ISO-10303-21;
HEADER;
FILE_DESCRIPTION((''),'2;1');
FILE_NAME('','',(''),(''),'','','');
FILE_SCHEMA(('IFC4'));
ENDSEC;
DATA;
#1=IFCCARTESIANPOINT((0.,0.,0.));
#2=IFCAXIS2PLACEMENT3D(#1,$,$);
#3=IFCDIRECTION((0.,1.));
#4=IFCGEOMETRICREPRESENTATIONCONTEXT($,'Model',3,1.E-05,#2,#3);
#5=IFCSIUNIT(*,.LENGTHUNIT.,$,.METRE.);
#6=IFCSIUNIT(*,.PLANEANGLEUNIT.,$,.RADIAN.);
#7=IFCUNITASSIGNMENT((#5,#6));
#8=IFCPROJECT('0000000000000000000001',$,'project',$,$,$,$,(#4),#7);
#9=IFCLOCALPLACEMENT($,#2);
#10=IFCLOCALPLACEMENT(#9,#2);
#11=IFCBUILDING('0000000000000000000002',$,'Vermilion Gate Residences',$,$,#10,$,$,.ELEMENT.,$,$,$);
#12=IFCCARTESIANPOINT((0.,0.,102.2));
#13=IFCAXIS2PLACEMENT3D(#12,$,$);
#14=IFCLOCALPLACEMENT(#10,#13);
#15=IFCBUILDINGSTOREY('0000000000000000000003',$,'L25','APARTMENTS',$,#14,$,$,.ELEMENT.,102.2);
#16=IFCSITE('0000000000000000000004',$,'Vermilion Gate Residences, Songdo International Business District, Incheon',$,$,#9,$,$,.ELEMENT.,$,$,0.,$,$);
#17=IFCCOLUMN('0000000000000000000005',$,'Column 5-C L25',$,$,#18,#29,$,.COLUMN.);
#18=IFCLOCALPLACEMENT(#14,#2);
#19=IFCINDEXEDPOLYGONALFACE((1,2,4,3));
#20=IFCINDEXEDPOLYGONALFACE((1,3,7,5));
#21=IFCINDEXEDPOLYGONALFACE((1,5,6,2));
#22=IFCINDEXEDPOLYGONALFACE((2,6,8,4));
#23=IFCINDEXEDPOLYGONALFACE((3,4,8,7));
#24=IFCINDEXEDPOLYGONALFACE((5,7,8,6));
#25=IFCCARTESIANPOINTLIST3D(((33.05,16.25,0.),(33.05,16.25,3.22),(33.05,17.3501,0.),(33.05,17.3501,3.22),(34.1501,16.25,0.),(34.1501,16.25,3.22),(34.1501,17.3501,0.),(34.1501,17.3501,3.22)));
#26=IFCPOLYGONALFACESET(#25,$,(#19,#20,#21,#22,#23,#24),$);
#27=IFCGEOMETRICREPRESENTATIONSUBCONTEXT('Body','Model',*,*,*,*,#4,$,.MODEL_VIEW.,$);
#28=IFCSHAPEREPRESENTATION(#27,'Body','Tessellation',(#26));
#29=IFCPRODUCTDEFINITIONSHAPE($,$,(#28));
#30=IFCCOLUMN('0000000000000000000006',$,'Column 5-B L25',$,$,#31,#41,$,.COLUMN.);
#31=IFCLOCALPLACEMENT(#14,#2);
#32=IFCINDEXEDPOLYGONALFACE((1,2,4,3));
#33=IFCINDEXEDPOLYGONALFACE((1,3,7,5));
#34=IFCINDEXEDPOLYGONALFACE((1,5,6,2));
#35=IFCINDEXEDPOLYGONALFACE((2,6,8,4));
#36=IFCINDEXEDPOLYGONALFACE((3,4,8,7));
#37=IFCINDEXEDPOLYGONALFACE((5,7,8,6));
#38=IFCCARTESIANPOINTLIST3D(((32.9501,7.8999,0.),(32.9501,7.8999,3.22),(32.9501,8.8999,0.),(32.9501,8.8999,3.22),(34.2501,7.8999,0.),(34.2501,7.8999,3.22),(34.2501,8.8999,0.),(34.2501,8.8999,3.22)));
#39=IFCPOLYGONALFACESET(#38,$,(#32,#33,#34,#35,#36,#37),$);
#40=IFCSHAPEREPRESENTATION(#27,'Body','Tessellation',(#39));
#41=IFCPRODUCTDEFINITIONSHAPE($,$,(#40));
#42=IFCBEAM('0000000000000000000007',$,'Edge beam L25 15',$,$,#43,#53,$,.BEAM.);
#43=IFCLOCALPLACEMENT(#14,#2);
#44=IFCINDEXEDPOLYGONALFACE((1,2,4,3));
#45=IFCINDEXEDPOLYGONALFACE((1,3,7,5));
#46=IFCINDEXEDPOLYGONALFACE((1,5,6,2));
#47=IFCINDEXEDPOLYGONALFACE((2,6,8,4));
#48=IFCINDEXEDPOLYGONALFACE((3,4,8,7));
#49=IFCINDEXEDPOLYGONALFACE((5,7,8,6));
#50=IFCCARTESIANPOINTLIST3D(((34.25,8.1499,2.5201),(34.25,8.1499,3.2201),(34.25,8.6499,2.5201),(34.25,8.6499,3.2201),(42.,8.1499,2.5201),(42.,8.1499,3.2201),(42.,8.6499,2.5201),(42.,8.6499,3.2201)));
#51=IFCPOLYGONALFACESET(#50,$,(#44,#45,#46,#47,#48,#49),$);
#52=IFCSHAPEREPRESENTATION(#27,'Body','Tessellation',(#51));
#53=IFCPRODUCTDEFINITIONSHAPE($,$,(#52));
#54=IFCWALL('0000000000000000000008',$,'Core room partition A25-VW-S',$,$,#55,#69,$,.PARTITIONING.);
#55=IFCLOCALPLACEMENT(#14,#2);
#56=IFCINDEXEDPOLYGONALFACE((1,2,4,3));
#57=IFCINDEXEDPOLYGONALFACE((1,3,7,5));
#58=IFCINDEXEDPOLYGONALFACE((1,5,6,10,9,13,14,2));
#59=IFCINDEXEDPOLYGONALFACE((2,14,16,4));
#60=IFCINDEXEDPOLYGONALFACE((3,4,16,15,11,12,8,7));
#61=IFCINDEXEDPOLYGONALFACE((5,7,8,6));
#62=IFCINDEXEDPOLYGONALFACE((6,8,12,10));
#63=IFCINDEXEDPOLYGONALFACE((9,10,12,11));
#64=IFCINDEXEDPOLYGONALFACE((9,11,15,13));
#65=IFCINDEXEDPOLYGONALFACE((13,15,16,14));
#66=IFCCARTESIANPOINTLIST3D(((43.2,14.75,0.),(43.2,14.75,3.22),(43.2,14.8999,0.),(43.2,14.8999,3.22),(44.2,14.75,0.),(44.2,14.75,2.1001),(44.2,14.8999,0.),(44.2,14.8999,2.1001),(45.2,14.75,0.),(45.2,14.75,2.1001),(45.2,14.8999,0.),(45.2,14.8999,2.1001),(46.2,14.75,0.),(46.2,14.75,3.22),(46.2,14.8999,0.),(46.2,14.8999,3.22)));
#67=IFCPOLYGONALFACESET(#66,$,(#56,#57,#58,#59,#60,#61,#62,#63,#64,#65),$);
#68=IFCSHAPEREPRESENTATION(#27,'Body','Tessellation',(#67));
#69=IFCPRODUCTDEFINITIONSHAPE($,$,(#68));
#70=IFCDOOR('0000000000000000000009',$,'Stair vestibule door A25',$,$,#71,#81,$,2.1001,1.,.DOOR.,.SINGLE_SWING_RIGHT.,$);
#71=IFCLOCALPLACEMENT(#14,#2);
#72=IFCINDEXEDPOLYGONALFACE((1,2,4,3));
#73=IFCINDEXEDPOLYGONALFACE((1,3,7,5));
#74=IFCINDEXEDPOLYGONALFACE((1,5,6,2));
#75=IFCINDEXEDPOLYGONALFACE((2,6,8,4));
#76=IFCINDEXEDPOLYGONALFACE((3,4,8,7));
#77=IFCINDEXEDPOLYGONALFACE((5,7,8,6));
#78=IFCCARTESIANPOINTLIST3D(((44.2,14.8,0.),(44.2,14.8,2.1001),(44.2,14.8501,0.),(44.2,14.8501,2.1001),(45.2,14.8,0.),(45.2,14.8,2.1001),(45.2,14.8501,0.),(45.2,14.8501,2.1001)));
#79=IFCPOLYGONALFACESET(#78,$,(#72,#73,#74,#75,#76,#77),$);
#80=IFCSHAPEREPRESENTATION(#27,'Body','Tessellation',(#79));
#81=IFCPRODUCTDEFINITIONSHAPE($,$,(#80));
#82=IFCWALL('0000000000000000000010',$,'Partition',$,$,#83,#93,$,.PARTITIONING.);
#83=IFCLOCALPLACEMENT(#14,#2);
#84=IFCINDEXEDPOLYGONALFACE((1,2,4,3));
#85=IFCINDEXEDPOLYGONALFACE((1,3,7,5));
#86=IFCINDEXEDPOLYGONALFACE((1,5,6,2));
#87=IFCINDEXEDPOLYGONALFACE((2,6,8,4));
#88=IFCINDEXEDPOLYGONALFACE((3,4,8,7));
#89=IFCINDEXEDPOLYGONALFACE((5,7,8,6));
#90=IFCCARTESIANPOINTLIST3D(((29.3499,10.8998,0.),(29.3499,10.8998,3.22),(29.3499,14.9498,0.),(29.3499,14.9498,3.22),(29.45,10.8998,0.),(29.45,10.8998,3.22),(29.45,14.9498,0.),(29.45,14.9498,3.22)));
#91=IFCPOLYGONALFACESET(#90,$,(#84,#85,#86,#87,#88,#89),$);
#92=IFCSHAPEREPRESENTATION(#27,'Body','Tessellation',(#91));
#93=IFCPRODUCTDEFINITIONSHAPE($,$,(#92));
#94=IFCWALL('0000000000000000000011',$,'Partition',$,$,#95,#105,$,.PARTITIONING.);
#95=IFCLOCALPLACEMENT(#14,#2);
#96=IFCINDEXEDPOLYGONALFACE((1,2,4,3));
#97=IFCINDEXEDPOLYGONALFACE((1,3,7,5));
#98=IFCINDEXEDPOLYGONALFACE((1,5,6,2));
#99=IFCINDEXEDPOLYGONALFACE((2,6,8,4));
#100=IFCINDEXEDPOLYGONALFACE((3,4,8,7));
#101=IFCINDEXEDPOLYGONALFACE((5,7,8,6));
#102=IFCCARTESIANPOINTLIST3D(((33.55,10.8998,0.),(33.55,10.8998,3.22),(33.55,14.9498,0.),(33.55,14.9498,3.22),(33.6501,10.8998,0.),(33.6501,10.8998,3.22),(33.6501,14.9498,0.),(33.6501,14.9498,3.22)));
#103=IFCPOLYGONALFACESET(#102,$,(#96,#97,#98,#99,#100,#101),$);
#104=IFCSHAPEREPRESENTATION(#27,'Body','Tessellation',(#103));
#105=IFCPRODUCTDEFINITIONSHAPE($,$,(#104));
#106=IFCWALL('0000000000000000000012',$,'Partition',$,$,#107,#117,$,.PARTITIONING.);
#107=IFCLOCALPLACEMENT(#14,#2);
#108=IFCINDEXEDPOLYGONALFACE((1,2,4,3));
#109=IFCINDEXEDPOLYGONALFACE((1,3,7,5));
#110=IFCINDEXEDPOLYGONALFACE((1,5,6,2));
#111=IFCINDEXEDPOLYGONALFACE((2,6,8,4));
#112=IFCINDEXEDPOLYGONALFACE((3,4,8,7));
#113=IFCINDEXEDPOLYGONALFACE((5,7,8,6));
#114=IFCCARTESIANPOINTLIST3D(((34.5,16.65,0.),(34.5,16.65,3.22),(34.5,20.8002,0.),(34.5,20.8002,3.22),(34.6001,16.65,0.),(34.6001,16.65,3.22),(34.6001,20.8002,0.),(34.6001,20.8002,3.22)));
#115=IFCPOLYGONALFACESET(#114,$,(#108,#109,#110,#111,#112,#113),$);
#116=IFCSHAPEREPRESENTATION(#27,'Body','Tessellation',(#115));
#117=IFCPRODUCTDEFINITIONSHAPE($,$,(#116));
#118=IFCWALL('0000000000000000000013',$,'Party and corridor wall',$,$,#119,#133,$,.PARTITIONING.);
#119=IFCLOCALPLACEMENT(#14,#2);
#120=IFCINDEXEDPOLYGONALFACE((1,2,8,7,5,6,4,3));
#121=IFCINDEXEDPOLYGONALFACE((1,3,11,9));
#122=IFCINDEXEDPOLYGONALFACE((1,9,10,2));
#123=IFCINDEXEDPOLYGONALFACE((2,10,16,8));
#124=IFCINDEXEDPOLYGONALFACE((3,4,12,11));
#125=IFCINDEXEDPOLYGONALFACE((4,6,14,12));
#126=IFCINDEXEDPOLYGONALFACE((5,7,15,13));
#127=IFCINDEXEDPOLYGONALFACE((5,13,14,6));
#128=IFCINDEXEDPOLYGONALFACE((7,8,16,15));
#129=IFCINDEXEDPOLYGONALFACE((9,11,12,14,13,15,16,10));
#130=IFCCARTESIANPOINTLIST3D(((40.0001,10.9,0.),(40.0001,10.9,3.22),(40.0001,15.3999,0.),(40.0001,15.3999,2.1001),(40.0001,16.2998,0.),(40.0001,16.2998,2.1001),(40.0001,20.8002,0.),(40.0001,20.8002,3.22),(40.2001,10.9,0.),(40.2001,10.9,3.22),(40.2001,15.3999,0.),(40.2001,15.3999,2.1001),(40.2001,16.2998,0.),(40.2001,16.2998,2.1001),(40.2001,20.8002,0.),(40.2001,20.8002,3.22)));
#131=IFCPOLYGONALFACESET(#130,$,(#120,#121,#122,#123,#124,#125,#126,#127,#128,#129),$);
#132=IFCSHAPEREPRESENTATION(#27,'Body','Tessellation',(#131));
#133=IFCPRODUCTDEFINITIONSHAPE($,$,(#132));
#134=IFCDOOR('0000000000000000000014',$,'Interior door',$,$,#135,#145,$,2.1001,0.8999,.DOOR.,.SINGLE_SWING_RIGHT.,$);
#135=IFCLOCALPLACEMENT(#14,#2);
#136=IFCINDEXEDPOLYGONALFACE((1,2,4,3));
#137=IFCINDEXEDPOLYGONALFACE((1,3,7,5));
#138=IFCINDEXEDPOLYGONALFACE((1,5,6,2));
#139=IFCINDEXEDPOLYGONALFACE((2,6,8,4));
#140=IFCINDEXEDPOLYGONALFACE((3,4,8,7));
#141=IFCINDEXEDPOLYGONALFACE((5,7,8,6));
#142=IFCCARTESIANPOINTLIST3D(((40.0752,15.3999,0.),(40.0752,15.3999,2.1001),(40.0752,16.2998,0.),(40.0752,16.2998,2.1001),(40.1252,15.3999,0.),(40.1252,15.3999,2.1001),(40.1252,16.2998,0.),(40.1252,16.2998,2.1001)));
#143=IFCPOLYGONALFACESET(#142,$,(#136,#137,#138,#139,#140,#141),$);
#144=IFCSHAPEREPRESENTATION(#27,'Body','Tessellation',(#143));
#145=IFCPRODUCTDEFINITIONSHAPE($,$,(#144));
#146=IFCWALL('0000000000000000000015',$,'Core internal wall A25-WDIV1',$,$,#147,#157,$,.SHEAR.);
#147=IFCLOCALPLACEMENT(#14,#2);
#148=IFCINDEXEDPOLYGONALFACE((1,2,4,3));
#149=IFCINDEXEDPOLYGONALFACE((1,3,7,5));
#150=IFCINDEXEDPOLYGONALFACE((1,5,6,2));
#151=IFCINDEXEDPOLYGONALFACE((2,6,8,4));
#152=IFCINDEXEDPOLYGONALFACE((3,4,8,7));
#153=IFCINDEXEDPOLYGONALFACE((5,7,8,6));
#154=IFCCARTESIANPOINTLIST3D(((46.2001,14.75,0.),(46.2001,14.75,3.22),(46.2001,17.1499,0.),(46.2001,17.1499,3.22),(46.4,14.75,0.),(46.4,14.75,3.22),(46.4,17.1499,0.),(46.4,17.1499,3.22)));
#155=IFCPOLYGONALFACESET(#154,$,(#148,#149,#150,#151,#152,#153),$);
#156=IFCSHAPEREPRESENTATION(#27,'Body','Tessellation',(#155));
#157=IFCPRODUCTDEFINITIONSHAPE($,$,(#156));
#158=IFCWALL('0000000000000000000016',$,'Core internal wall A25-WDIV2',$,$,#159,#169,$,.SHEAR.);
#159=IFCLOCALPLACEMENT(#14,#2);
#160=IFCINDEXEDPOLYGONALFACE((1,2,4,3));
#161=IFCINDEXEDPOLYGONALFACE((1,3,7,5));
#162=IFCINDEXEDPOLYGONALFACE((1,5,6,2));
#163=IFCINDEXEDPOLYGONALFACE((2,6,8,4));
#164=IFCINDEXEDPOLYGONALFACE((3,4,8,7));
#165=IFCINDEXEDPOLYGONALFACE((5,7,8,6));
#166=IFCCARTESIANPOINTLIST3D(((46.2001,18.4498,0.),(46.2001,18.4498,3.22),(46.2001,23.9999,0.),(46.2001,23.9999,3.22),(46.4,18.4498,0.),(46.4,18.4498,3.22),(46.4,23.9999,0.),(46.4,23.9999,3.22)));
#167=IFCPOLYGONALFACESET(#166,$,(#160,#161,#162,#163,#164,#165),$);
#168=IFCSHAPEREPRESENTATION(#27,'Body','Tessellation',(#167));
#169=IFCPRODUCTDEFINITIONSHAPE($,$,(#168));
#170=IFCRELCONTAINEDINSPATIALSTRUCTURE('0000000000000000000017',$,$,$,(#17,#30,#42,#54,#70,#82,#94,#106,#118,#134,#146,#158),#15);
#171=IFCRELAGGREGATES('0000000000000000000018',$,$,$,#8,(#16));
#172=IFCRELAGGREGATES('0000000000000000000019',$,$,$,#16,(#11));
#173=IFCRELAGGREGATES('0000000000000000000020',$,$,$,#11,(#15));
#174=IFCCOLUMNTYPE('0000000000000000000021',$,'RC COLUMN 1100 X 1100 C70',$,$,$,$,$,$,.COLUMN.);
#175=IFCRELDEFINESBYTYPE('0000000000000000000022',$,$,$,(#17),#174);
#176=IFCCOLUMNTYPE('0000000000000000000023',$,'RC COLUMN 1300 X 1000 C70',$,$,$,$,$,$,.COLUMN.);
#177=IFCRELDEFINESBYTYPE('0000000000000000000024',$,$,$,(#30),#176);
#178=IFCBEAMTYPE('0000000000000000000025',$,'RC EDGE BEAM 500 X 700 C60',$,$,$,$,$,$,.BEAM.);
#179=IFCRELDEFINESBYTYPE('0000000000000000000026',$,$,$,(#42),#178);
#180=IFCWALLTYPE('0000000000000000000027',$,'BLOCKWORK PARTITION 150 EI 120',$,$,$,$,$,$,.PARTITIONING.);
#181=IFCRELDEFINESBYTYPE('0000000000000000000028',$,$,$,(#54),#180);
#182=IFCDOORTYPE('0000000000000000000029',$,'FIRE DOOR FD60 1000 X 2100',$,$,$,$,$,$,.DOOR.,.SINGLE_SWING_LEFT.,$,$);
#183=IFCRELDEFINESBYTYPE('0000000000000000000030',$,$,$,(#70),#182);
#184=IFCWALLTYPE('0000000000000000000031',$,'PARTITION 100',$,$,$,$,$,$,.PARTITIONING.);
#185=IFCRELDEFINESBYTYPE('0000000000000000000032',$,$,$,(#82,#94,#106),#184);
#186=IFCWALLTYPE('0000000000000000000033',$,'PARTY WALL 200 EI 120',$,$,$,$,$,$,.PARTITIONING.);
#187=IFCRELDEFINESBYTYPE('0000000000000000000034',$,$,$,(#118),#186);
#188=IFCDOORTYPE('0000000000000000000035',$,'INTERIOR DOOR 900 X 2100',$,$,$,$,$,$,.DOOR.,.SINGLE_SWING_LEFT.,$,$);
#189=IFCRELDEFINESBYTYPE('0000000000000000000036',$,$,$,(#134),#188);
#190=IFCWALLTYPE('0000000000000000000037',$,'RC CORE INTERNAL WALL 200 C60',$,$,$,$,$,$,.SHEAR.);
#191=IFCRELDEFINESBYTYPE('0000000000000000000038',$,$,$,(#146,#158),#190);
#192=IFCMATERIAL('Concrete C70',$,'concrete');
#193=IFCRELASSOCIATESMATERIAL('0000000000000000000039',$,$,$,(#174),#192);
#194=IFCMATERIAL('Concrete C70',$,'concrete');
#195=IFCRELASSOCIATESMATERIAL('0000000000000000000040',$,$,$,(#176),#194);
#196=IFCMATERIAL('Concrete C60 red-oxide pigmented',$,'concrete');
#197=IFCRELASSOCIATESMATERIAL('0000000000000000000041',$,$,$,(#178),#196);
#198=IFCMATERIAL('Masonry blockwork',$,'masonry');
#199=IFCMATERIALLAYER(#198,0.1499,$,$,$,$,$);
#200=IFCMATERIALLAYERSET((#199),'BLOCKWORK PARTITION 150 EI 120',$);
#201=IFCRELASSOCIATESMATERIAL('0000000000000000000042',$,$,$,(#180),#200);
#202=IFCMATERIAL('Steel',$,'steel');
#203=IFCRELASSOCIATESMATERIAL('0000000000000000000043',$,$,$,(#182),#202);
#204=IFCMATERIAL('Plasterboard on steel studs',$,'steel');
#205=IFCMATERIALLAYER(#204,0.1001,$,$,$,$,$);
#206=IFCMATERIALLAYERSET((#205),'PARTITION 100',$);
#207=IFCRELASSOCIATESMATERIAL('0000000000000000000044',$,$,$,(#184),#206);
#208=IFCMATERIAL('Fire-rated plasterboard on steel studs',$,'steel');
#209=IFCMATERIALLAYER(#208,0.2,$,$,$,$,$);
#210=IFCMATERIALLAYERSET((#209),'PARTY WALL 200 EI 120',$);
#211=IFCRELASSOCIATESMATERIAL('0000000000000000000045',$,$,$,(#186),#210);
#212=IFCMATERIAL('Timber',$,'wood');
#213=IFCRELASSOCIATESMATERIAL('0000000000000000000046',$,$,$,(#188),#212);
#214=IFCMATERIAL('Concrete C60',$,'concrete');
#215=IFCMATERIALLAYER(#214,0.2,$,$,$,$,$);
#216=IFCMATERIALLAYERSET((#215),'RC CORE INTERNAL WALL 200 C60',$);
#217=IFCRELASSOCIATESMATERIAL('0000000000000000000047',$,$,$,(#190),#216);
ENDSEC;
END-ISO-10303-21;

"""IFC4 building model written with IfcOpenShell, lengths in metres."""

from ifc_helpers import new_model, si_unit, direction, frame, frame_2d, origin, origin_2d, place, context, subcontext, project, spatial, rectangle, extrude, material, layer, layer_set, material_profile, profile_set, type_object, element, fill, save


model = new_model("IFC4")

# Units and contexts
model_context = context("Model", 3, precision=1e-05, world=origin(), true_north=direction((0.0, 1.0)))
body_context = subcontext(model_context, "Body", "Model", "MODEL_VIEW")
ifc_project = project(units=[si_unit("LENGTHUNIT", "METRE"), si_unit("PLANEANGLEUNIT", "RADIAN")], contexts=[model_context])

# Site, building, storey
site_placement = place(None, origin())
site = spatial("IfcSite", under=ifc_project, at=site_placement, Name="Vermilion Gate Residences, Songdo International Business District, Incheon", CompositionType="ELEMENT", RefElevation=0.0)
building_placement = place(site_placement, origin())
building = spatial("IfcBuilding", under=site, at=building_placement, Name="Vermilion Gate Residences", CompositionType="ELEMENT")
storey_placement = place(building_placement, frame((0.0, 0.0, 102.2)))
storey = spatial("IfcBuildingStorey", under=building, at=storey_placement, Name="L25", Description="APARTMENTS", CompositionType="ELEMENT", Elevation=102.2)

# Columns
ifc_material_1 = material(Name="Concrete C70", Category="concrete")
ifc_material_profile_1 = material_profile(ifc_material_1, rectangle(XDim=1.1001, YDim=1.1001, at=origin_2d()), Name="RC-1100x1100")
ifc_profile_set_1 = profile_set([ifc_material_profile_1], Name="Concrete C70")
column_type_1 = type_object("IfcColumnType", Name="RC COLUMN 1100 X 1100 C70", PredefinedType="COLUMN", material=ifc_profile_set_1)
column_1_placement = place(storey_placement, frame((33.6001, 16.8, 0.0), z_axis=(0.0, 0.0, 1.0), x_axis=(1.0, 0.0, 0.0)))
element("IfcColumn", 1, at=column_1_placement, inside=storey, type_object=column_type_1, Name="Column 5-C L25", PredefinedType="COLUMN", context=body_context, shape_type="SweptSolid", body=[
    extrude(rectangle(XDim=1.1001, YDim=1.1001, at=origin_2d()), origin(), (0.0, 0.0, 1.0), 3.22),
])
ifc_material_2 = material(Name="Concrete C70", Category="concrete")
ifc_material_profile_2 = material_profile(ifc_material_2, rectangle(XDim=1.3, YDim=1.0, at=origin_2d()), Name="RC-1300x1000")
ifc_profile_set_2 = profile_set([ifc_material_profile_2], Name="Concrete C70")
column_type_2 = type_object("IfcColumnType", Name="RC COLUMN 1300 X 1000 C70", PredefinedType="COLUMN", material=ifc_profile_set_2)
column_2_placement = place(storey_placement, frame((33.6001, 8.3999, 0.0), z_axis=(0.0, 0.0, 1.0), x_axis=(1.0, 0.0, 0.0)))
element("IfcColumn", 2, at=column_2_placement, inside=storey, type_object=column_type_2, Name="Column 5-B L25", PredefinedType="COLUMN", context=body_context, shape_type="SweptSolid", body=[
    extrude(rectangle(XDim=1.3, YDim=1.0, at=origin_2d()), origin(), (0.0, 0.0, 1.0), 3.22),
])

# Beam
ifc_material_3 = material(Name="Concrete C60 red-oxide pigmented", Category="concrete")
ifc_material_profile_3 = material_profile(ifc_material_3, rectangle(XDim=0.5, YDim=0.7, at=origin_2d()), Name="RC-500x700")
ifc_profile_set_3 = profile_set([ifc_material_profile_3], Name="Concrete C60 red-oxide pigmented")
beam_type = type_object("IfcBeamType", Name="RC EDGE BEAM 500 X 700 C60", PredefinedType="BEAM", material=ifc_profile_set_3)
beam_placement = place(storey_placement, frame((34.25, 8.3999, 2.8701), z_axis=(1.0, 0.0, 0.0), x_axis=(0.0, 1.0, 0.0)))
element("IfcBeam", 3, at=beam_placement, inside=storey, type_object=beam_type, Name="Edge beam L25 15", PredefinedType="BEAM", context=body_context, shape_type="SweptSolid", body=[
    extrude(rectangle(XDim=0.5, YDim=0.7, at=origin_2d()), origin(), (0.0, 0.0, 1.0), 7.75),
])

# Wall, opening, door
ifc_material_4 = material(Name="Masonry blockwork", Category="masonry")
ifc_layer_1 = layer(ifc_material_4, 0.1499)
ifc_layer_set_1 = layer_set([ifc_layer_1], Name="BLOCKWORK PARTITION 150 EI 120")
wall_type_1 = type_object("IfcWallType", Name="BLOCKWORK PARTITION 150 EI 120", PredefinedType="PARTITIONING", material=ifc_layer_set_1)
wall_1_placement = place(storey_placement, frame((43.2, 14.825, 0.0), z_axis=(0.0, 0.0, 1.0), x_axis=(1.0, 0.0, 0.0)))
wall_1 = element("IfcWall", 4, at=wall_1_placement, inside=storey, type_object=wall_type_1, Name="Core room partition A25-VW-S", PredefinedType="PARTITIONING", context=body_context, shape_type="SweptSolid", body=[
    extrude(rectangle(XDim=3.0, YDim=0.1499, at=frame_2d((1.5, 0.0))), origin(), (0.0, 0.0, 1.0), 3.22),
])
opening_1_placement = place(wall_1_placement, frame((1.0, 0.0, 0.0)))
opening_1 = element("IfcOpeningElement", 5, at=opening_1_placement, cuts=wall_1, PredefinedType="OPENING", context=body_context, shape_type="SweptSolid", body=[
    extrude(rectangle(XDim=1.0, YDim=2.1001, at=frame_2d((0.5, 1.05))), frame((0.0, 0.085, 0.0), z_axis=(0.0, -1.0, 0.0), x_axis=(1.0, 0.0, 0.0)), (0.0, 0.0, 1.0), 0.1699),
])
ifc_material_5 = material(Name="Steel", Category="steel")
door_type_1 = type_object("IfcDoorType", Name="FIRE DOOR FD60 1000 X 2100", OperationType="SINGLE_SWING_LEFT", PredefinedType="DOOR", material=ifc_material_5)
door_1_placement = place(opening_1_placement, frame((1.0, 0.0, 0.0), z_axis=(0.0, 0.0, 1.0), x_axis=(-1.0, 0.0, 0.0)))
door_1 = element("IfcDoor", 6, at=door_1_placement, inside=storey, type_object=door_type_1, Name="Stair vestibule door A25", OperationType="SINGLE_SWING_RIGHT", OverallHeight=2.1001, OverallWidth=1.0, PredefinedType="DOOR", context=body_context, shape_type="SweptSolid", body=[
    extrude(rectangle(XDim=1.0, YDim=2.1001, at=frame_2d((0.5, 1.05))), frame((0.0, 0.0249, 0.0), z_axis=(0.0, -1.0, 0.0), x_axis=(1.0, 0.0, 0.0)), (0.0, 0.0, 1.0), 0.05),
])
fill(opening_1, door_1)

# Walls
ifc_material_6 = material(Name="Plasterboard on steel studs", Category="steel")
ifc_layer_2 = layer(ifc_material_6, 0.1001)
ifc_layer_set_2 = layer_set([ifc_layer_2], Name="PARTITION 100")
wall_type_2 = type_object("IfcWallType", Name="PARTITION 100", PredefinedType="PARTITIONING", material=ifc_layer_set_2)
for number, where, z_axis, x_axis, name in (
    (7, (29.3999, 10.8999, 0.0), (0.0, 0.0, 1.0), (0.0, 1.0, 0.0), "Partition"),
    (8, (33.6001, 10.8999, 0.0), (0.0, 0.0, 1.0), (0.0, 1.0, 0.0), "Partition"),
):
    element("IfcWall", number, at=place(storey_placement, frame(where, z_axis=z_axis, x_axis=x_axis)), inside=storey, type_object=wall_type_2, Name=name, PredefinedType="PARTITIONING", context=body_context, shape_type="SweptSolid", body=[
        extrude(rectangle(XDim=4.05, YDim=0.1001, at=frame_2d((2.0249, 0.0))), origin(), (0.0, 0.0, 1.0), 3.22),
    ])
wall_2_placement = place(storey_placement, frame((34.55, 16.6499, 0.0), z_axis=(0.0, 0.0, 1.0), x_axis=(0.0, 1.0, 0.0)))
element("IfcWall", 9, at=wall_2_placement, inside=storey, type_object=wall_type_2, Name="Partition", PredefinedType="PARTITIONING", context=body_context, shape_type="SweptSolid", body=[
    extrude(rectangle(XDim=4.1501, YDim=0.1001, at=frame_2d((2.0752, 0.0))), origin(), (0.0, 0.0, 1.0), 3.22),
])

# Wall, opening, door
ifc_material_7 = material(Name="Fire-rated plasterboard on steel studs", Category="steel")
ifc_layer_3 = layer(ifc_material_7, 0.2)
ifc_layer_set_3 = layer_set([ifc_layer_3], Name="PARTY WALL 200 EI 120")
wall_type_3 = type_object("IfcWallType", Name="PARTY WALL 200 EI 120", PredefinedType="PARTITIONING", material=ifc_layer_set_3)
wall_3_placement = place(storey_placement, frame((40.1001, 10.8999, 0.0), z_axis=(0.0, 0.0, 1.0), x_axis=(0.0, 1.0, 0.0)))
wall_3 = element("IfcWall", 10, at=wall_3_placement, inside=storey, type_object=wall_type_3, Name="Party and corridor wall", PredefinedType="PARTITIONING", context=body_context, shape_type="SweptSolid", body=[
    extrude(rectangle(XDim=9.9001, YDim=0.2, at=frame_2d((4.9502, 0.0))), origin(), (0.0, 0.0, 1.0), 3.22),
])
opening_2_placement = place(wall_3_placement, frame((4.5, 0.0, 0.0)))
opening_2 = element("IfcOpeningElement", 11, at=opening_2_placement, cuts=wall_3, PredefinedType="OPENING", context=body_context, shape_type="SweptSolid", body=[
    extrude(rectangle(XDim=0.8999, YDim=2.1001, at=frame_2d((0.45, 1.05))), frame((0.0, 0.1099, 0.0), z_axis=(0.0, -1.0, 0.0), x_axis=(1.0, 0.0, 0.0)), (0.0, 0.0, 1.0), 0.22),
])
ifc_material_8 = material(Name="Timber", Category="wood")
door_type_2 = type_object("IfcDoorType", Name="INTERIOR DOOR 900 X 2100", OperationType="SINGLE_SWING_LEFT", PredefinedType="DOOR", material=ifc_material_8)
door_2_placement = place(opening_2_placement, origin())
door_2 = element("IfcDoor", 12, at=door_2_placement, inside=storey, type_object=door_type_2, Name="Interior door", OperationType="SINGLE_SWING_RIGHT", OverallHeight=2.1001, OverallWidth=0.8999, PredefinedType="DOOR", context=body_context, shape_type="SweptSolid", body=[
    extrude(rectangle(XDim=0.8999, YDim=2.1001, at=frame_2d((0.45, 1.05))), frame((0.0, 0.0249, 0.0), z_axis=(0.0, -1.0, 0.0), x_axis=(1.0, 0.0, 0.0)), (0.0, 0.0, 1.0), 0.05),
])
fill(opening_2, door_2)

# Walls
ifc_material_9 = material(Name="Concrete C60", Category="concrete")
ifc_layer_4 = layer(ifc_material_9, 0.2)
ifc_layer_set_4 = layer_set([ifc_layer_4], Name="RC CORE INTERNAL WALL 200 C60")
wall_type_4 = type_object("IfcWallType", Name="RC CORE INTERNAL WALL 200 C60", PredefinedType="SHEAR", material=ifc_layer_set_4)
wall_4_placement = place(storey_placement, frame((46.3, 14.75, 0.0), z_axis=(0.0, 0.0, 1.0), x_axis=(0.0, 1.0, 0.0)))
element("IfcWall", 13, at=wall_4_placement, inside=storey, type_object=wall_type_4, Name="Core internal wall A25-WDIV1", PredefinedType="SHEAR", context=body_context, shape_type="SweptSolid", body=[
    extrude(rectangle(XDim=2.3999, YDim=0.2, at=frame_2d((1.2, 0.0))), origin(), (0.0, 0.0, 1.0), 3.22),
])
wall_5_placement = place(storey_placement, frame((46.3, 18.45, 0.0), z_axis=(0.0, 0.0, 1.0), x_axis=(0.0, 1.0, 0.0)))
element("IfcWall", 14, at=wall_5_placement, inside=storey, type_object=wall_type_4, Name="Core internal wall A25-WDIV2", PredefinedType="SHEAR", context=body_context, shape_type="SweptSolid", body=[
    extrude(rectangle(XDim=5.55, YDim=0.2, at=frame_2d((2.7749, 0.0))), origin(), (0.0, 0.0, 1.0), 3.22),
])

save(model, "model.ifc")
